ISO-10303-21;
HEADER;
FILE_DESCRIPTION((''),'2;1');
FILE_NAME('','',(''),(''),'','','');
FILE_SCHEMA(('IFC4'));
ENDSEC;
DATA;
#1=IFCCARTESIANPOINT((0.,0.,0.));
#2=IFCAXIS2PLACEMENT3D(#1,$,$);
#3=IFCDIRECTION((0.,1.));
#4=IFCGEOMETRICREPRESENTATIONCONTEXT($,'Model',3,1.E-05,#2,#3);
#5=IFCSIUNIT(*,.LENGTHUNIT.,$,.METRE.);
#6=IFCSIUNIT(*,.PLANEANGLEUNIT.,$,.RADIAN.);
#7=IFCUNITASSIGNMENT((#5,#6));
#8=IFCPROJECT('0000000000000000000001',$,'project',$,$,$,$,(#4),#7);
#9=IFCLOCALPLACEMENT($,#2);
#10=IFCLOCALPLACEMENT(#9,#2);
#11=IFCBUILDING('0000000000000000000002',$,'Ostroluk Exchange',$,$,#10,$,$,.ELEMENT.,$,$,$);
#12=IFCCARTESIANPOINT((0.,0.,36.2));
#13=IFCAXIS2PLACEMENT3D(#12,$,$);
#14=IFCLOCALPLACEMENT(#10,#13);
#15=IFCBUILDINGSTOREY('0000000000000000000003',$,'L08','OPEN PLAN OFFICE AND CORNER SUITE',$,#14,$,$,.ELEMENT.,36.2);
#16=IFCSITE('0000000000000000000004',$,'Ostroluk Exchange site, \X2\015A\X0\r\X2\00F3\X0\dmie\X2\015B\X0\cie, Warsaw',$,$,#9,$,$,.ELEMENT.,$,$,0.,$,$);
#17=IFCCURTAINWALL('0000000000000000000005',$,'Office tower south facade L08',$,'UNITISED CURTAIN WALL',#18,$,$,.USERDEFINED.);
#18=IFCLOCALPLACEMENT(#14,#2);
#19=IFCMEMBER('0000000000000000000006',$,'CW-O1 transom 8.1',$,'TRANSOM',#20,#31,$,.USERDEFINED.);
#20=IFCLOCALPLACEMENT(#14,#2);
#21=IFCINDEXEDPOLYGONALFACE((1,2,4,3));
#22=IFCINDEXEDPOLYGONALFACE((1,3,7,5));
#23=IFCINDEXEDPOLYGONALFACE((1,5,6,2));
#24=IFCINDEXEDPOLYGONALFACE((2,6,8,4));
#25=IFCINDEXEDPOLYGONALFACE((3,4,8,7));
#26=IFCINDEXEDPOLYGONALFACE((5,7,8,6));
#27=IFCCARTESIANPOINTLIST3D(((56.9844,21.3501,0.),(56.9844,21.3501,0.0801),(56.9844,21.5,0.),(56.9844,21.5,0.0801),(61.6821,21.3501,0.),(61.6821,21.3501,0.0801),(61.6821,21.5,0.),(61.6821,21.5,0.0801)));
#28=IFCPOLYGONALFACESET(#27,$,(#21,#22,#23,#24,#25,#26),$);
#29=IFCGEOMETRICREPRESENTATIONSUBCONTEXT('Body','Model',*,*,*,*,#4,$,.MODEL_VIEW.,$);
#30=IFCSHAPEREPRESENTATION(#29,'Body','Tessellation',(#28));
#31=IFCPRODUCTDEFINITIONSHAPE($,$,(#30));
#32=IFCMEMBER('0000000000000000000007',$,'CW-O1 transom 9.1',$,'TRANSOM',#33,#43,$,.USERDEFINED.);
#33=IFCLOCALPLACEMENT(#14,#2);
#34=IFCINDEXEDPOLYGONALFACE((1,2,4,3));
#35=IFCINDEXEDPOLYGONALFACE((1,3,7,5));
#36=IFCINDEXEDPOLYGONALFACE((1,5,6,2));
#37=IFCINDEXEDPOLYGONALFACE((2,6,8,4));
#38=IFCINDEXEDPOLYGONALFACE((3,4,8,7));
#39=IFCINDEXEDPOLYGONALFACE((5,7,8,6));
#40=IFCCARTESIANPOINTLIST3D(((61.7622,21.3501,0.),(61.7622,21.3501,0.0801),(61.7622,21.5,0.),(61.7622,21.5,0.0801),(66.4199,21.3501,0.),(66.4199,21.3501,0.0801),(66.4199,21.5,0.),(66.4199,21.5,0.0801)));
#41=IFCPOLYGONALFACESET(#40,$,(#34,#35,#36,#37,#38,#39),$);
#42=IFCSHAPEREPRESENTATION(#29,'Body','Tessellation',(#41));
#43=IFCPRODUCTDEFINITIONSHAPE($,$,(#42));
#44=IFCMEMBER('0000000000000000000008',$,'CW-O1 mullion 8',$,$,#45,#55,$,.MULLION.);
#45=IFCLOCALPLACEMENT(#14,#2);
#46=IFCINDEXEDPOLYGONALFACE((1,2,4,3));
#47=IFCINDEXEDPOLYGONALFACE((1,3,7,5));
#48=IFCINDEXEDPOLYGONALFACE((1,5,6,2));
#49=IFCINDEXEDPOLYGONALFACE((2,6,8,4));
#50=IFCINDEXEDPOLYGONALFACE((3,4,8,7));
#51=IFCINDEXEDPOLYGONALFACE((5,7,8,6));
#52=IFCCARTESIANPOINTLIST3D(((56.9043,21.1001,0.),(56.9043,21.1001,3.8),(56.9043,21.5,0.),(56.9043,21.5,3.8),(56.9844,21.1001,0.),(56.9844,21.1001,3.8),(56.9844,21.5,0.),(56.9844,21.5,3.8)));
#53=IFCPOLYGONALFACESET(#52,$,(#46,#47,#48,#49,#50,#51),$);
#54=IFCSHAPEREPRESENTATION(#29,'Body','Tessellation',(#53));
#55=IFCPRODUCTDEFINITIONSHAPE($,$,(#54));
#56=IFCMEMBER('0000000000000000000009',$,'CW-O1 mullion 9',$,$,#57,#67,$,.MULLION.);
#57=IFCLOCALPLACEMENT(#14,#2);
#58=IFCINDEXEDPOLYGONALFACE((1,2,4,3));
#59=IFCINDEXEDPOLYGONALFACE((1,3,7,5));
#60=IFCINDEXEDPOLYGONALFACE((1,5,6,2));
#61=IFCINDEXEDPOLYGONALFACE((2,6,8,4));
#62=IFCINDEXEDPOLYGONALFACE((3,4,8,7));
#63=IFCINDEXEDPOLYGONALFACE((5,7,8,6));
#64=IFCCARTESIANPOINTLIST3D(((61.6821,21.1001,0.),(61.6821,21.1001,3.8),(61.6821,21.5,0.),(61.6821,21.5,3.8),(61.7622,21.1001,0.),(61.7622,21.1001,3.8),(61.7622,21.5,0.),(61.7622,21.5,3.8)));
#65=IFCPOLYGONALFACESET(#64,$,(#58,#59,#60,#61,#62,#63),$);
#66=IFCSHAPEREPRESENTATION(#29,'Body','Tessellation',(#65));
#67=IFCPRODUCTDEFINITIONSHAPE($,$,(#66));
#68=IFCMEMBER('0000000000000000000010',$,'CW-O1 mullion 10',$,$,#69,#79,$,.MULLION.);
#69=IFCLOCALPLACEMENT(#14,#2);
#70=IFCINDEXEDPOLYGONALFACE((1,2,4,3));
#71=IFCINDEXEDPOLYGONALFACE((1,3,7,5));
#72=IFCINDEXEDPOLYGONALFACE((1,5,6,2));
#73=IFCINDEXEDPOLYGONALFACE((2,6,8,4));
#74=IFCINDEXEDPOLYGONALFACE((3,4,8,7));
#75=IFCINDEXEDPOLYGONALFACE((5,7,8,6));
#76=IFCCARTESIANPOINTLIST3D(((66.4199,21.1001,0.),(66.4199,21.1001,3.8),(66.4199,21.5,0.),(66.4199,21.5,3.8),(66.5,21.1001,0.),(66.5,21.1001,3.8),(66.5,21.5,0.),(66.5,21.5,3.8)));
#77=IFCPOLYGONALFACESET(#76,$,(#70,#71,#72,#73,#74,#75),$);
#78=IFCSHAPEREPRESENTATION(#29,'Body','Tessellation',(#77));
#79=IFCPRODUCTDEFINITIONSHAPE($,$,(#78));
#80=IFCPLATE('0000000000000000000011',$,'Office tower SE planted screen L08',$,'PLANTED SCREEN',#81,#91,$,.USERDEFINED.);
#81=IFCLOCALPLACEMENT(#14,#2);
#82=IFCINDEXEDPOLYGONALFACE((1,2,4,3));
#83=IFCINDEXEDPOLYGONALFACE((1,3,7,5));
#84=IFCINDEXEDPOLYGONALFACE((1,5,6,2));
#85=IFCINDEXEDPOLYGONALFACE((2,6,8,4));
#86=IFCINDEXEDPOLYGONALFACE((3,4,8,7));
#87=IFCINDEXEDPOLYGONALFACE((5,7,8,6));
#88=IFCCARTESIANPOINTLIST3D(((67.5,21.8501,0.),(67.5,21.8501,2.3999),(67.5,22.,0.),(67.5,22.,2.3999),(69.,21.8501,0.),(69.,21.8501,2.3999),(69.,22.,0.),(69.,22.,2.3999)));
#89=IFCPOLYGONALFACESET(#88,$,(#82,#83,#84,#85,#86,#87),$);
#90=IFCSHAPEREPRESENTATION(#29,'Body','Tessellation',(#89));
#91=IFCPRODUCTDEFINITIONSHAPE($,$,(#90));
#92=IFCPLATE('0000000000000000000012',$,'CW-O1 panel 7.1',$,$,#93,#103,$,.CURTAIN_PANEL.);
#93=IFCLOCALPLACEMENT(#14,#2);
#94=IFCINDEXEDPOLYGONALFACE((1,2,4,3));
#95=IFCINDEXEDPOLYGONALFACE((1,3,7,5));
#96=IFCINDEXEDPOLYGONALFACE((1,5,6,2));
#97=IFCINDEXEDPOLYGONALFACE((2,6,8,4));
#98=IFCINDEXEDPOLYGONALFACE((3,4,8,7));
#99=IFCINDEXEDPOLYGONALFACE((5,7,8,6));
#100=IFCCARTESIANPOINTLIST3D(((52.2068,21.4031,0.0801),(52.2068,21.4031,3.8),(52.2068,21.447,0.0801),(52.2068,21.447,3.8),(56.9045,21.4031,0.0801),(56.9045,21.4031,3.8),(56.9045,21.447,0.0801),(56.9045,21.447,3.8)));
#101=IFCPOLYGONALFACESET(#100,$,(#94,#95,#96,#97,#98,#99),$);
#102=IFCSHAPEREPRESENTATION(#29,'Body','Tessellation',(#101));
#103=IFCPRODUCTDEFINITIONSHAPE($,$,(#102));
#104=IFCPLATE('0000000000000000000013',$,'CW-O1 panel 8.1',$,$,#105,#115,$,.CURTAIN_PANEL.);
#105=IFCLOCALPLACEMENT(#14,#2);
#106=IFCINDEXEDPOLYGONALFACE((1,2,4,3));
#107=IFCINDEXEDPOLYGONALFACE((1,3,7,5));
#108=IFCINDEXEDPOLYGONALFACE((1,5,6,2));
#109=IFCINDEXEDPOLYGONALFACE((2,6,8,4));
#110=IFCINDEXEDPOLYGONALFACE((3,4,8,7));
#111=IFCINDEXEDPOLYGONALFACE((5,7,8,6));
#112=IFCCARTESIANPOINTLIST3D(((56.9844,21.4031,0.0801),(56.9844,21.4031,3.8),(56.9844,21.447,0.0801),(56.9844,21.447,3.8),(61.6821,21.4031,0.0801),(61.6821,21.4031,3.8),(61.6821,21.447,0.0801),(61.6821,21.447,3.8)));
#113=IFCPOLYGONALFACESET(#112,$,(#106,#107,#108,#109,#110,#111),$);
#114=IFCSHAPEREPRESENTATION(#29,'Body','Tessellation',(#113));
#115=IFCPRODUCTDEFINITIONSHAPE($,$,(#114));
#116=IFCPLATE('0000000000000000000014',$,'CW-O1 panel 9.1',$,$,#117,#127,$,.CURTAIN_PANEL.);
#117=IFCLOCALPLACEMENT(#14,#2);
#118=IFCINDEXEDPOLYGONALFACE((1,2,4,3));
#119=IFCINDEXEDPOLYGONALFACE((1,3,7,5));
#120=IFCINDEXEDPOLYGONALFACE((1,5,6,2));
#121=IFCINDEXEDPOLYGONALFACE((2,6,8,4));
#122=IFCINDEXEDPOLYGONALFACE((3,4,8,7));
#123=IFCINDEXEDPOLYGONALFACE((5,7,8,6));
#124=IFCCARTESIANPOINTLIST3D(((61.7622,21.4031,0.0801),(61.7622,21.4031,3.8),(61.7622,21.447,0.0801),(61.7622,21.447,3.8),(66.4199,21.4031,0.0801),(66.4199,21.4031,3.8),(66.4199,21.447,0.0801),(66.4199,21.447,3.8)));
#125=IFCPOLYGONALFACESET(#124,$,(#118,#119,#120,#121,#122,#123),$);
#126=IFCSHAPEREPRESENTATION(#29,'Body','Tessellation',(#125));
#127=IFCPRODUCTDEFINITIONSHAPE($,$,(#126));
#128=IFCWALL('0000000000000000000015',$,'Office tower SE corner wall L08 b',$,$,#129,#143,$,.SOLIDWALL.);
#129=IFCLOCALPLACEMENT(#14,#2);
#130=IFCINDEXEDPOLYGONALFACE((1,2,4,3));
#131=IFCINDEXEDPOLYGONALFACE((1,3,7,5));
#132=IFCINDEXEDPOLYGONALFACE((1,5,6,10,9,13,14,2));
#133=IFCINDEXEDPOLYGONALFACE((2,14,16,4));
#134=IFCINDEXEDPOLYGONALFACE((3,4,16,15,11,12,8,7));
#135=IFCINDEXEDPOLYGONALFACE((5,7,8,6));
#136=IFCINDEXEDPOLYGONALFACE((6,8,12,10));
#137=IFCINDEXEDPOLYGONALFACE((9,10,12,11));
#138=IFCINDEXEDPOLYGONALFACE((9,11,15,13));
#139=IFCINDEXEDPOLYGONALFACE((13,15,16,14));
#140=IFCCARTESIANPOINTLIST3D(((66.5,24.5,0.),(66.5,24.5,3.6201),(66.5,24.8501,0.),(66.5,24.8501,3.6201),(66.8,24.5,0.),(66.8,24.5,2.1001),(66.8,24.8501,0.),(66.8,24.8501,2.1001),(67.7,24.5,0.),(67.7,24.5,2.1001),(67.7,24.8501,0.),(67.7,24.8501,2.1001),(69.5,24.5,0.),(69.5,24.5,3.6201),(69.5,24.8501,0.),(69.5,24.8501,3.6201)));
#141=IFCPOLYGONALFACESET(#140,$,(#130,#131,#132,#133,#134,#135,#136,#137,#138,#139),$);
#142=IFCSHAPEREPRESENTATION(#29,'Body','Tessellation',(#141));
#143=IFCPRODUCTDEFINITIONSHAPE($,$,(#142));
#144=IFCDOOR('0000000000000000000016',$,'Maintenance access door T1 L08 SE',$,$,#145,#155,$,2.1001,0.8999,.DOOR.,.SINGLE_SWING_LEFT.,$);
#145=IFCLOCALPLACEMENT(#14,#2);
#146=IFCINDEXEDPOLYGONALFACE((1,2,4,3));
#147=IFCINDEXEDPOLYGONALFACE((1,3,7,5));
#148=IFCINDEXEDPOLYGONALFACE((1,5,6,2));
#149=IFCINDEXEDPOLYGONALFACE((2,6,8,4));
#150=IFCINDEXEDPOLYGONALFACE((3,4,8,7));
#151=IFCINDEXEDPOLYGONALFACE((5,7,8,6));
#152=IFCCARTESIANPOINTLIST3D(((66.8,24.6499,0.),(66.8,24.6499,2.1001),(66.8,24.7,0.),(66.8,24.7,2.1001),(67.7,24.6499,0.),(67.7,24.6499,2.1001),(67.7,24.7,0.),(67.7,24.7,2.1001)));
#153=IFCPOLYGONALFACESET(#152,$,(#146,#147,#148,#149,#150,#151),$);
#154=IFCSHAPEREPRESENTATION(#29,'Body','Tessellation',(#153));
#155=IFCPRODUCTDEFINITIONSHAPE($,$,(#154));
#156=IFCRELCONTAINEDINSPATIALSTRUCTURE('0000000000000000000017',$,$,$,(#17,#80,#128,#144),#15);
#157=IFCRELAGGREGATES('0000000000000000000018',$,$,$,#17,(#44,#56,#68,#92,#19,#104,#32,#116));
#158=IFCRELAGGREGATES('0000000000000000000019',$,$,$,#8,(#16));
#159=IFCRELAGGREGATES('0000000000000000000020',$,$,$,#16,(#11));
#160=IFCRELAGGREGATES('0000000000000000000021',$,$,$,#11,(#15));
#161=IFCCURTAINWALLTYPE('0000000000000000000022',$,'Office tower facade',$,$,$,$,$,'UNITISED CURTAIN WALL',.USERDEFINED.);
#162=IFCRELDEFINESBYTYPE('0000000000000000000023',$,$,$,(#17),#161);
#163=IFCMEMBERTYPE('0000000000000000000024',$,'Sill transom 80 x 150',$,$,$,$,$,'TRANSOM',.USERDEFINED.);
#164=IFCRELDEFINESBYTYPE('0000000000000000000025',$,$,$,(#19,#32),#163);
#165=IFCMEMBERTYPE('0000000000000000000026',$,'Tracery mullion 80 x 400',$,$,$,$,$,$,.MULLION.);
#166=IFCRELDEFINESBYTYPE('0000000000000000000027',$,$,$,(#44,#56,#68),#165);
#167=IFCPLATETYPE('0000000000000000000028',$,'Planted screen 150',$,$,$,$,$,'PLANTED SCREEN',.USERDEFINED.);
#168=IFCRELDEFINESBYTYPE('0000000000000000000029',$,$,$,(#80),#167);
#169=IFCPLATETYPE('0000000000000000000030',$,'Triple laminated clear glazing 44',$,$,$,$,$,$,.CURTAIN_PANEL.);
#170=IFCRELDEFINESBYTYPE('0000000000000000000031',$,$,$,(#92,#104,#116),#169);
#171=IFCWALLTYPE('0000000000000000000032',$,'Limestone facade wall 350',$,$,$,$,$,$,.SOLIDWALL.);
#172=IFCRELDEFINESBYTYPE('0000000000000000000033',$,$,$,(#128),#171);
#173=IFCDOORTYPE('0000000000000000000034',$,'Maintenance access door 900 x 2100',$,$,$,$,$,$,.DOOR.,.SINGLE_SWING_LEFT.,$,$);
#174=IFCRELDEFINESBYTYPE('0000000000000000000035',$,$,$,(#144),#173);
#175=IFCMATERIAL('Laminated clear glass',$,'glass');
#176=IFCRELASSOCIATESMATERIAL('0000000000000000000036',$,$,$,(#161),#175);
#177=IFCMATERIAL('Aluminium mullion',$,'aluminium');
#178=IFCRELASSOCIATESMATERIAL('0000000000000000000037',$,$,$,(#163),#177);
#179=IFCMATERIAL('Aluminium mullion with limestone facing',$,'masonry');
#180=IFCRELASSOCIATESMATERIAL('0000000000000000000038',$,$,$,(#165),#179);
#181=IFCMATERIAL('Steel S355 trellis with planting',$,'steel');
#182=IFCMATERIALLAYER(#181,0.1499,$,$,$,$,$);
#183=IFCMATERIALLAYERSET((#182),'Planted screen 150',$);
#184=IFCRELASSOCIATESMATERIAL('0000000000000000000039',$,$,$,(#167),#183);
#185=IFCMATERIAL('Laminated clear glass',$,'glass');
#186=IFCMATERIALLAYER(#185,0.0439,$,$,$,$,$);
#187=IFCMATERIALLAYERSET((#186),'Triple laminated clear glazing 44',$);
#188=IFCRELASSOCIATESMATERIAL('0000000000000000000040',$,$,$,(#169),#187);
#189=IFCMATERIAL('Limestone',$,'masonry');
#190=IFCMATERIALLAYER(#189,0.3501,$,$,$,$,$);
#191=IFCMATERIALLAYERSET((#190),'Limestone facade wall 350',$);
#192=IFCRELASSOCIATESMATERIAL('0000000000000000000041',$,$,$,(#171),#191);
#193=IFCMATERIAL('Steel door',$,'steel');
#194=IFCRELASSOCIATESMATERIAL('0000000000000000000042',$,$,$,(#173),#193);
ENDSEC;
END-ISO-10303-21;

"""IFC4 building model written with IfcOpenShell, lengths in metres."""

from ifc_helpers import new_model, si_unit, direction, frame, frame_2d, origin, origin_2d, place, context, subcontext, project, spatial, rectangle, extrude, material, layer, layer_set, material_profile, profile_set, type_object, element, fill, aggregate, save


model = new_model("IFC4")

# Units and contexts
model_context = context("Model", 3, precision=1e-05, world=origin(), true_north=direction((0.0, 1.0)))
body_context = subcontext(model_context, "Body", "Model", "MODEL_VIEW")
ifc_project = project(units=[si_unit("LENGTHUNIT", "METRE"), si_unit("PLANEANGLEUNIT", "RADIAN")], contexts=[model_context])

# Site, building, storey
site_placement = place(None, origin())
site = spatial("IfcSite", under=ifc_project, at=site_placement, Name="Ostroluk Exchange site, Śródmieście, Warsaw", CompositionType="ELEMENT", RefElevation=0.0)
building_placement = place(site_placement, origin())
building = spatial("IfcBuilding", under=site, at=building_placement, Name="Ostroluk Exchange", CompositionType="ELEMENT")
storey_placement = place(building_placement, frame((0.0, 0.0, 36.2)))
storey = spatial("IfcBuildingStorey", under=building, at=storey_placement, Name="L08", Description="OPEN PLAN OFFICE AND CORNER SUITE", CompositionType="ELEMENT", Elevation=36.2)

# Curtain wall, members
ifc_material_1 = material(Name="Laminated clear glass", Category="glass")
curtain_wall_type = type_object("IfcCurtainWallType", Name="Office tower facade", ElementType="UNITISED CURTAIN WALL", PredefinedType="USERDEFINED", material=ifc_material_1)
curtain_wall_placement = place(storey_placement, origin())
curtain_wall = element("IfcCurtainWall", 1, at=curtain_wall_placement, inside=storey, type_object=curtain_wall_type, Name="Office tower south facade L08", ObjectType="UNITISED CURTAIN WALL", PredefinedType="USERDEFINED")
ifc_material_2 = material(Name="Aluminium mullion", Category="aluminium")
ifc_material_profile_1 = material_profile(ifc_material_2, rectangle(XDim=0.1499, YDim=0.0801, at=origin_2d()), Name="Sill transom 80 x 150")
ifc_profile_set_1 = profile_set([ifc_material_profile_1], Name="Aluminium mullion")
member_type_1 = type_object("IfcMemberType", Name="Sill transom 80 x 150", ElementType="TRANSOM", PredefinedType="USERDEFINED", material=ifc_profile_set_1)
member_1_placement = place(storey_placement, frame((56.9844, 21.425, 0.04), z_axis=(1.0, 0.0, 0.0), x_axis=(0.0, 1.0, 0.0)))
member_1 = element("IfcMember", 2, at=member_1_placement, type_object=member_type_1, Name="CW-O1 transom 8.1", ObjectType="TRANSOM", PredefinedType="USERDEFINED", context=body_context, shape_type="SweptSolid", body=[
    extrude(rectangle(XDim=0.1499, YDim=0.0801, at=origin_2d()), origin(), (0.0, 0.0, 1.0), 4.6978),
])
member_2_placement = place(storey_placement, frame((61.7622, 21.425, 0.04), z_axis=(1.0, 0.0, 0.0), x_axis=(0.0, 1.0, 0.0)))
member_2 = element("IfcMember", 3, at=member_2_placement, type_object=member_type_1, Name="CW-O1 transom 9.1", ObjectType="TRANSOM", PredefinedType="USERDEFINED", context=body_context, shape_type="SweptSolid", body=[
    extrude(rectangle(XDim=0.1499, YDim=0.0801, at=origin_2d()), origin(), (0.0, 0.0, 1.0), 4.6577),
])
ifc_material_3 = material(Name="Aluminium mullion with limestone facing", Category="masonry")
ifc_material_profile_2 = material_profile(ifc_material_3, rectangle(XDim=0.3999, YDim=0.0801, at=origin_2d()), Name="Tracery mullion 80 x 400")
ifc_profile_set_2 = profile_set([ifc_material_profile_2], Name="Aluminium mullion with limestone facing")
member_type_2 = type_object("IfcMemberType", Name="Tracery mullion 80 x 400", PredefinedType="MULLION", material=ifc_profile_set_2)
member_3_placement = place(storey_placement, frame((56.9443, 21.3, 0.0), z_axis=(0.0, 0.0, 1.0), x_axis=(0.0, 1.0, 0.0)))
member_3 = element("IfcMember", 4, at=member_3_placement, type_object=member_type_2, Name="CW-O1 mullion 8", PredefinedType="MULLION", context=body_context, shape_type="SweptSolid", body=[
    extrude(rectangle(XDim=0.3999, YDim=0.0801, at=origin_2d()), origin(), (0.0, 0.0, 1.0), 3.8),
])
member_4_placement = place(storey_placement, frame((61.7222, 21.3, 0.0), z_axis=(0.0, 0.0, 1.0), x_axis=(0.0, 1.0, 0.0)))
member_4 = element("IfcMember", 5, at=member_4_placement, type_object=member_type_2, Name="CW-O1 mullion 9", PredefinedType="MULLION", context=body_context, shape_type="SweptSolid", body=[
    extrude(rectangle(XDim=0.3999, YDim=0.0801, at=origin_2d()), origin(), (0.0, 0.0, 1.0), 3.8),
])
member_5_placement = place(storey_placement, frame((66.46, 21.3, 0.0), z_axis=(0.0, 0.0, 1.0), x_axis=(0.0, 1.0, 0.0)))
member_5 = element("IfcMember", 6, at=member_5_placement, type_object=member_type_2, Name="CW-O1 mullion 10", PredefinedType="MULLION", context=body_context, shape_type="SweptSolid", body=[
    extrude(rectangle(XDim=0.3999, YDim=0.0801, at=origin_2d()), origin(), (0.0, 0.0, 1.0), 3.8),
])

# Plates
ifc_material_4 = material(Name="Steel S355 trellis with planting", Category="steel")
ifc_layer_1 = layer(ifc_material_4, 0.1499)
ifc_layer_set_1 = layer_set([ifc_layer_1], Name="Planted screen 150")
plate_type_1 = type_object("IfcPlateType", Name="Planted screen 150", ElementType="PLANTED SCREEN", PredefinedType="USERDEFINED", material=ifc_layer_set_1)
plate_1_placement = place(storey_placement, frame((68.25, 21.925, 0.0), z_axis=(0.0, 0.0, 1.0), x_axis=(1.0, 0.0, 0.0)))
element("IfcPlate", 7, at=plate_1_placement, inside=storey, type_object=plate_type_1, Name="Office tower SE planted screen L08", ObjectType="PLANTED SCREEN", PredefinedType="USERDEFINED", context=body_context, shape_type="SweptSolid", body=[
    extrude(rectangle(XDim=1.5, YDim=0.1499, at=origin_2d()), origin(), (0.0, 0.0, 1.0), 2.3999),
])
ifc_material_5 = material(Name="Laminated clear glass", Category="glass")
ifc_layer_2 = layer(ifc_material_5, 0.0439)
ifc_layer_set_2 = layer_set([ifc_layer_2], Name="Triple laminated clear glazing 44")
plate_type_2 = type_object("IfcPlateType", Name="Triple laminated clear glazing 44", PredefinedType="CURTAIN_PANEL", material=ifc_layer_set_2)
plate_2_placement = place(storey_placement, frame((54.5557, 21.425, 0.0801), z_axis=(0.0, 0.0, 1.0), x_axis=(1.0, 0.0, 0.0)))
plate_2 = element("IfcPlate", 8, at=plate_2_placement, type_object=plate_type_2, Name="CW-O1 panel 7.1", PredefinedType="CURTAIN_PANEL", context=body_context, shape_type="SweptSolid", body=[
    extrude(rectangle(XDim=4.6978, YDim=0.0439, at=origin_2d()), origin(), (0.0, 0.0, 1.0), 3.72),
])
plate_3_placement = place(storey_placement, frame((59.3333, 21.425, 0.0801), z_axis=(0.0, 0.0, 1.0), x_axis=(1.0, 0.0, 0.0)))
plate_3 = element("IfcPlate", 9, at=plate_3_placement, type_object=plate_type_2, Name="CW-O1 panel 8.1", PredefinedType="CURTAIN_PANEL", context=body_context, shape_type="SweptSolid", body=[
    extrude(rectangle(XDim=4.6978, YDim=0.0439, at=origin_2d()), origin(), (0.0, 0.0, 1.0), 3.72),
])
plate_4_placement = place(storey_placement, frame((64.0911, 21.425, 0.0801), z_axis=(0.0, 0.0, 1.0), x_axis=(1.0, 0.0, 0.0)))
plate_4 = element("IfcPlate", 10, at=plate_4_placement, type_object=plate_type_2, Name="CW-O1 panel 9.1", PredefinedType="CURTAIN_PANEL", context=body_context, shape_type="SweptSolid", body=[
    extrude(rectangle(XDim=4.6577, YDim=0.0439, at=origin_2d()), origin(), (0.0, 0.0, 1.0), 3.72),
])
aggregate(curtain_wall, [member_3, member_4, member_5, plate_2, member_1, plate_3, member_2, plate_4])

# Wall, opening, door
ifc_material_6 = material(Name="Limestone", Category="masonry")
ifc_layer_3 = layer(ifc_material_6, 0.3501)
ifc_layer_set_3 = layer_set([ifc_layer_3], Name="Limestone facade wall 350")
wall_type = type_object("IfcWallType", Name="Limestone facade wall 350", PredefinedType="SOLIDWALL", material=ifc_layer_set_3)
wall_1_placement = place(storey_placement, frame((66.5, 24.675, 0.0), z_axis=(0.0, 0.0, 1.0), x_axis=(1.0, 0.0, 0.0)))
wall_1 = element("IfcWall", 11, at=wall_1_placement, inside=storey, type_object=wall_type, Name="Office tower SE corner wall L08 b", PredefinedType="SOLIDWALL", context=body_context, shape_type="SweptSolid", body=[
    extrude(rectangle(XDim=3.0, YDim=0.3501, at=frame_2d((1.5, 0.0))), origin(), (0.0, 0.0, 1.0), 3.6201),
])
opening_1_placement = place(wall_1_placement, frame((0.3, 0.0, 0.0)))
opening_1 = element("IfcOpeningElement", 12, at=opening_1_placement, cuts=wall_1, PredefinedType="OPENING", context=body_context, shape_type="SweptSolid", body=[
    extrude(rectangle(XDim=0.8999, YDim=2.1001, at=frame_2d((0.45, 1.05))), frame((0.0, 0.1851, 0.0), z_axis=(0.0, -1.0, 0.0), x_axis=(1.0, 0.0, 0.0)), (0.0, 0.0, 1.0), 0.3701),
])
ifc_material_7 = material(Name="Steel door", Category="steel")
door_type_1 = type_object("IfcDoorType", Name="Maintenance access door 900 x 2100", OperationType="SINGLE_SWING_LEFT", PredefinedType="DOOR", material=ifc_material_7)
door_1_placement = place(opening_1_placement, origin())
door_1 = element("IfcDoor", 13, at=door_1_placement, inside=storey, type_object=door_type_1, Name="Maintenance access door T1 L08 SE", OperationType="SINGLE_SWING_LEFT", OverallHeight=2.1001, OverallWidth=0.8999, PredefinedType="DOOR", context=body_context, shape_type="SweptSolid", body=[
    extrude(rectangle(XDim=0.8999, YDim=2.1001, at=frame_2d((0.45, 1.05))), frame((0.0, 0.0249, 0.0), z_axis=(0.0, -1.0, 0.0), x_axis=(1.0, 0.0, 0.0)), (0.0, 0.0, 1.0), 0.05),
])
fill(opening_1, door_1)

save(model, "model.ifc")
